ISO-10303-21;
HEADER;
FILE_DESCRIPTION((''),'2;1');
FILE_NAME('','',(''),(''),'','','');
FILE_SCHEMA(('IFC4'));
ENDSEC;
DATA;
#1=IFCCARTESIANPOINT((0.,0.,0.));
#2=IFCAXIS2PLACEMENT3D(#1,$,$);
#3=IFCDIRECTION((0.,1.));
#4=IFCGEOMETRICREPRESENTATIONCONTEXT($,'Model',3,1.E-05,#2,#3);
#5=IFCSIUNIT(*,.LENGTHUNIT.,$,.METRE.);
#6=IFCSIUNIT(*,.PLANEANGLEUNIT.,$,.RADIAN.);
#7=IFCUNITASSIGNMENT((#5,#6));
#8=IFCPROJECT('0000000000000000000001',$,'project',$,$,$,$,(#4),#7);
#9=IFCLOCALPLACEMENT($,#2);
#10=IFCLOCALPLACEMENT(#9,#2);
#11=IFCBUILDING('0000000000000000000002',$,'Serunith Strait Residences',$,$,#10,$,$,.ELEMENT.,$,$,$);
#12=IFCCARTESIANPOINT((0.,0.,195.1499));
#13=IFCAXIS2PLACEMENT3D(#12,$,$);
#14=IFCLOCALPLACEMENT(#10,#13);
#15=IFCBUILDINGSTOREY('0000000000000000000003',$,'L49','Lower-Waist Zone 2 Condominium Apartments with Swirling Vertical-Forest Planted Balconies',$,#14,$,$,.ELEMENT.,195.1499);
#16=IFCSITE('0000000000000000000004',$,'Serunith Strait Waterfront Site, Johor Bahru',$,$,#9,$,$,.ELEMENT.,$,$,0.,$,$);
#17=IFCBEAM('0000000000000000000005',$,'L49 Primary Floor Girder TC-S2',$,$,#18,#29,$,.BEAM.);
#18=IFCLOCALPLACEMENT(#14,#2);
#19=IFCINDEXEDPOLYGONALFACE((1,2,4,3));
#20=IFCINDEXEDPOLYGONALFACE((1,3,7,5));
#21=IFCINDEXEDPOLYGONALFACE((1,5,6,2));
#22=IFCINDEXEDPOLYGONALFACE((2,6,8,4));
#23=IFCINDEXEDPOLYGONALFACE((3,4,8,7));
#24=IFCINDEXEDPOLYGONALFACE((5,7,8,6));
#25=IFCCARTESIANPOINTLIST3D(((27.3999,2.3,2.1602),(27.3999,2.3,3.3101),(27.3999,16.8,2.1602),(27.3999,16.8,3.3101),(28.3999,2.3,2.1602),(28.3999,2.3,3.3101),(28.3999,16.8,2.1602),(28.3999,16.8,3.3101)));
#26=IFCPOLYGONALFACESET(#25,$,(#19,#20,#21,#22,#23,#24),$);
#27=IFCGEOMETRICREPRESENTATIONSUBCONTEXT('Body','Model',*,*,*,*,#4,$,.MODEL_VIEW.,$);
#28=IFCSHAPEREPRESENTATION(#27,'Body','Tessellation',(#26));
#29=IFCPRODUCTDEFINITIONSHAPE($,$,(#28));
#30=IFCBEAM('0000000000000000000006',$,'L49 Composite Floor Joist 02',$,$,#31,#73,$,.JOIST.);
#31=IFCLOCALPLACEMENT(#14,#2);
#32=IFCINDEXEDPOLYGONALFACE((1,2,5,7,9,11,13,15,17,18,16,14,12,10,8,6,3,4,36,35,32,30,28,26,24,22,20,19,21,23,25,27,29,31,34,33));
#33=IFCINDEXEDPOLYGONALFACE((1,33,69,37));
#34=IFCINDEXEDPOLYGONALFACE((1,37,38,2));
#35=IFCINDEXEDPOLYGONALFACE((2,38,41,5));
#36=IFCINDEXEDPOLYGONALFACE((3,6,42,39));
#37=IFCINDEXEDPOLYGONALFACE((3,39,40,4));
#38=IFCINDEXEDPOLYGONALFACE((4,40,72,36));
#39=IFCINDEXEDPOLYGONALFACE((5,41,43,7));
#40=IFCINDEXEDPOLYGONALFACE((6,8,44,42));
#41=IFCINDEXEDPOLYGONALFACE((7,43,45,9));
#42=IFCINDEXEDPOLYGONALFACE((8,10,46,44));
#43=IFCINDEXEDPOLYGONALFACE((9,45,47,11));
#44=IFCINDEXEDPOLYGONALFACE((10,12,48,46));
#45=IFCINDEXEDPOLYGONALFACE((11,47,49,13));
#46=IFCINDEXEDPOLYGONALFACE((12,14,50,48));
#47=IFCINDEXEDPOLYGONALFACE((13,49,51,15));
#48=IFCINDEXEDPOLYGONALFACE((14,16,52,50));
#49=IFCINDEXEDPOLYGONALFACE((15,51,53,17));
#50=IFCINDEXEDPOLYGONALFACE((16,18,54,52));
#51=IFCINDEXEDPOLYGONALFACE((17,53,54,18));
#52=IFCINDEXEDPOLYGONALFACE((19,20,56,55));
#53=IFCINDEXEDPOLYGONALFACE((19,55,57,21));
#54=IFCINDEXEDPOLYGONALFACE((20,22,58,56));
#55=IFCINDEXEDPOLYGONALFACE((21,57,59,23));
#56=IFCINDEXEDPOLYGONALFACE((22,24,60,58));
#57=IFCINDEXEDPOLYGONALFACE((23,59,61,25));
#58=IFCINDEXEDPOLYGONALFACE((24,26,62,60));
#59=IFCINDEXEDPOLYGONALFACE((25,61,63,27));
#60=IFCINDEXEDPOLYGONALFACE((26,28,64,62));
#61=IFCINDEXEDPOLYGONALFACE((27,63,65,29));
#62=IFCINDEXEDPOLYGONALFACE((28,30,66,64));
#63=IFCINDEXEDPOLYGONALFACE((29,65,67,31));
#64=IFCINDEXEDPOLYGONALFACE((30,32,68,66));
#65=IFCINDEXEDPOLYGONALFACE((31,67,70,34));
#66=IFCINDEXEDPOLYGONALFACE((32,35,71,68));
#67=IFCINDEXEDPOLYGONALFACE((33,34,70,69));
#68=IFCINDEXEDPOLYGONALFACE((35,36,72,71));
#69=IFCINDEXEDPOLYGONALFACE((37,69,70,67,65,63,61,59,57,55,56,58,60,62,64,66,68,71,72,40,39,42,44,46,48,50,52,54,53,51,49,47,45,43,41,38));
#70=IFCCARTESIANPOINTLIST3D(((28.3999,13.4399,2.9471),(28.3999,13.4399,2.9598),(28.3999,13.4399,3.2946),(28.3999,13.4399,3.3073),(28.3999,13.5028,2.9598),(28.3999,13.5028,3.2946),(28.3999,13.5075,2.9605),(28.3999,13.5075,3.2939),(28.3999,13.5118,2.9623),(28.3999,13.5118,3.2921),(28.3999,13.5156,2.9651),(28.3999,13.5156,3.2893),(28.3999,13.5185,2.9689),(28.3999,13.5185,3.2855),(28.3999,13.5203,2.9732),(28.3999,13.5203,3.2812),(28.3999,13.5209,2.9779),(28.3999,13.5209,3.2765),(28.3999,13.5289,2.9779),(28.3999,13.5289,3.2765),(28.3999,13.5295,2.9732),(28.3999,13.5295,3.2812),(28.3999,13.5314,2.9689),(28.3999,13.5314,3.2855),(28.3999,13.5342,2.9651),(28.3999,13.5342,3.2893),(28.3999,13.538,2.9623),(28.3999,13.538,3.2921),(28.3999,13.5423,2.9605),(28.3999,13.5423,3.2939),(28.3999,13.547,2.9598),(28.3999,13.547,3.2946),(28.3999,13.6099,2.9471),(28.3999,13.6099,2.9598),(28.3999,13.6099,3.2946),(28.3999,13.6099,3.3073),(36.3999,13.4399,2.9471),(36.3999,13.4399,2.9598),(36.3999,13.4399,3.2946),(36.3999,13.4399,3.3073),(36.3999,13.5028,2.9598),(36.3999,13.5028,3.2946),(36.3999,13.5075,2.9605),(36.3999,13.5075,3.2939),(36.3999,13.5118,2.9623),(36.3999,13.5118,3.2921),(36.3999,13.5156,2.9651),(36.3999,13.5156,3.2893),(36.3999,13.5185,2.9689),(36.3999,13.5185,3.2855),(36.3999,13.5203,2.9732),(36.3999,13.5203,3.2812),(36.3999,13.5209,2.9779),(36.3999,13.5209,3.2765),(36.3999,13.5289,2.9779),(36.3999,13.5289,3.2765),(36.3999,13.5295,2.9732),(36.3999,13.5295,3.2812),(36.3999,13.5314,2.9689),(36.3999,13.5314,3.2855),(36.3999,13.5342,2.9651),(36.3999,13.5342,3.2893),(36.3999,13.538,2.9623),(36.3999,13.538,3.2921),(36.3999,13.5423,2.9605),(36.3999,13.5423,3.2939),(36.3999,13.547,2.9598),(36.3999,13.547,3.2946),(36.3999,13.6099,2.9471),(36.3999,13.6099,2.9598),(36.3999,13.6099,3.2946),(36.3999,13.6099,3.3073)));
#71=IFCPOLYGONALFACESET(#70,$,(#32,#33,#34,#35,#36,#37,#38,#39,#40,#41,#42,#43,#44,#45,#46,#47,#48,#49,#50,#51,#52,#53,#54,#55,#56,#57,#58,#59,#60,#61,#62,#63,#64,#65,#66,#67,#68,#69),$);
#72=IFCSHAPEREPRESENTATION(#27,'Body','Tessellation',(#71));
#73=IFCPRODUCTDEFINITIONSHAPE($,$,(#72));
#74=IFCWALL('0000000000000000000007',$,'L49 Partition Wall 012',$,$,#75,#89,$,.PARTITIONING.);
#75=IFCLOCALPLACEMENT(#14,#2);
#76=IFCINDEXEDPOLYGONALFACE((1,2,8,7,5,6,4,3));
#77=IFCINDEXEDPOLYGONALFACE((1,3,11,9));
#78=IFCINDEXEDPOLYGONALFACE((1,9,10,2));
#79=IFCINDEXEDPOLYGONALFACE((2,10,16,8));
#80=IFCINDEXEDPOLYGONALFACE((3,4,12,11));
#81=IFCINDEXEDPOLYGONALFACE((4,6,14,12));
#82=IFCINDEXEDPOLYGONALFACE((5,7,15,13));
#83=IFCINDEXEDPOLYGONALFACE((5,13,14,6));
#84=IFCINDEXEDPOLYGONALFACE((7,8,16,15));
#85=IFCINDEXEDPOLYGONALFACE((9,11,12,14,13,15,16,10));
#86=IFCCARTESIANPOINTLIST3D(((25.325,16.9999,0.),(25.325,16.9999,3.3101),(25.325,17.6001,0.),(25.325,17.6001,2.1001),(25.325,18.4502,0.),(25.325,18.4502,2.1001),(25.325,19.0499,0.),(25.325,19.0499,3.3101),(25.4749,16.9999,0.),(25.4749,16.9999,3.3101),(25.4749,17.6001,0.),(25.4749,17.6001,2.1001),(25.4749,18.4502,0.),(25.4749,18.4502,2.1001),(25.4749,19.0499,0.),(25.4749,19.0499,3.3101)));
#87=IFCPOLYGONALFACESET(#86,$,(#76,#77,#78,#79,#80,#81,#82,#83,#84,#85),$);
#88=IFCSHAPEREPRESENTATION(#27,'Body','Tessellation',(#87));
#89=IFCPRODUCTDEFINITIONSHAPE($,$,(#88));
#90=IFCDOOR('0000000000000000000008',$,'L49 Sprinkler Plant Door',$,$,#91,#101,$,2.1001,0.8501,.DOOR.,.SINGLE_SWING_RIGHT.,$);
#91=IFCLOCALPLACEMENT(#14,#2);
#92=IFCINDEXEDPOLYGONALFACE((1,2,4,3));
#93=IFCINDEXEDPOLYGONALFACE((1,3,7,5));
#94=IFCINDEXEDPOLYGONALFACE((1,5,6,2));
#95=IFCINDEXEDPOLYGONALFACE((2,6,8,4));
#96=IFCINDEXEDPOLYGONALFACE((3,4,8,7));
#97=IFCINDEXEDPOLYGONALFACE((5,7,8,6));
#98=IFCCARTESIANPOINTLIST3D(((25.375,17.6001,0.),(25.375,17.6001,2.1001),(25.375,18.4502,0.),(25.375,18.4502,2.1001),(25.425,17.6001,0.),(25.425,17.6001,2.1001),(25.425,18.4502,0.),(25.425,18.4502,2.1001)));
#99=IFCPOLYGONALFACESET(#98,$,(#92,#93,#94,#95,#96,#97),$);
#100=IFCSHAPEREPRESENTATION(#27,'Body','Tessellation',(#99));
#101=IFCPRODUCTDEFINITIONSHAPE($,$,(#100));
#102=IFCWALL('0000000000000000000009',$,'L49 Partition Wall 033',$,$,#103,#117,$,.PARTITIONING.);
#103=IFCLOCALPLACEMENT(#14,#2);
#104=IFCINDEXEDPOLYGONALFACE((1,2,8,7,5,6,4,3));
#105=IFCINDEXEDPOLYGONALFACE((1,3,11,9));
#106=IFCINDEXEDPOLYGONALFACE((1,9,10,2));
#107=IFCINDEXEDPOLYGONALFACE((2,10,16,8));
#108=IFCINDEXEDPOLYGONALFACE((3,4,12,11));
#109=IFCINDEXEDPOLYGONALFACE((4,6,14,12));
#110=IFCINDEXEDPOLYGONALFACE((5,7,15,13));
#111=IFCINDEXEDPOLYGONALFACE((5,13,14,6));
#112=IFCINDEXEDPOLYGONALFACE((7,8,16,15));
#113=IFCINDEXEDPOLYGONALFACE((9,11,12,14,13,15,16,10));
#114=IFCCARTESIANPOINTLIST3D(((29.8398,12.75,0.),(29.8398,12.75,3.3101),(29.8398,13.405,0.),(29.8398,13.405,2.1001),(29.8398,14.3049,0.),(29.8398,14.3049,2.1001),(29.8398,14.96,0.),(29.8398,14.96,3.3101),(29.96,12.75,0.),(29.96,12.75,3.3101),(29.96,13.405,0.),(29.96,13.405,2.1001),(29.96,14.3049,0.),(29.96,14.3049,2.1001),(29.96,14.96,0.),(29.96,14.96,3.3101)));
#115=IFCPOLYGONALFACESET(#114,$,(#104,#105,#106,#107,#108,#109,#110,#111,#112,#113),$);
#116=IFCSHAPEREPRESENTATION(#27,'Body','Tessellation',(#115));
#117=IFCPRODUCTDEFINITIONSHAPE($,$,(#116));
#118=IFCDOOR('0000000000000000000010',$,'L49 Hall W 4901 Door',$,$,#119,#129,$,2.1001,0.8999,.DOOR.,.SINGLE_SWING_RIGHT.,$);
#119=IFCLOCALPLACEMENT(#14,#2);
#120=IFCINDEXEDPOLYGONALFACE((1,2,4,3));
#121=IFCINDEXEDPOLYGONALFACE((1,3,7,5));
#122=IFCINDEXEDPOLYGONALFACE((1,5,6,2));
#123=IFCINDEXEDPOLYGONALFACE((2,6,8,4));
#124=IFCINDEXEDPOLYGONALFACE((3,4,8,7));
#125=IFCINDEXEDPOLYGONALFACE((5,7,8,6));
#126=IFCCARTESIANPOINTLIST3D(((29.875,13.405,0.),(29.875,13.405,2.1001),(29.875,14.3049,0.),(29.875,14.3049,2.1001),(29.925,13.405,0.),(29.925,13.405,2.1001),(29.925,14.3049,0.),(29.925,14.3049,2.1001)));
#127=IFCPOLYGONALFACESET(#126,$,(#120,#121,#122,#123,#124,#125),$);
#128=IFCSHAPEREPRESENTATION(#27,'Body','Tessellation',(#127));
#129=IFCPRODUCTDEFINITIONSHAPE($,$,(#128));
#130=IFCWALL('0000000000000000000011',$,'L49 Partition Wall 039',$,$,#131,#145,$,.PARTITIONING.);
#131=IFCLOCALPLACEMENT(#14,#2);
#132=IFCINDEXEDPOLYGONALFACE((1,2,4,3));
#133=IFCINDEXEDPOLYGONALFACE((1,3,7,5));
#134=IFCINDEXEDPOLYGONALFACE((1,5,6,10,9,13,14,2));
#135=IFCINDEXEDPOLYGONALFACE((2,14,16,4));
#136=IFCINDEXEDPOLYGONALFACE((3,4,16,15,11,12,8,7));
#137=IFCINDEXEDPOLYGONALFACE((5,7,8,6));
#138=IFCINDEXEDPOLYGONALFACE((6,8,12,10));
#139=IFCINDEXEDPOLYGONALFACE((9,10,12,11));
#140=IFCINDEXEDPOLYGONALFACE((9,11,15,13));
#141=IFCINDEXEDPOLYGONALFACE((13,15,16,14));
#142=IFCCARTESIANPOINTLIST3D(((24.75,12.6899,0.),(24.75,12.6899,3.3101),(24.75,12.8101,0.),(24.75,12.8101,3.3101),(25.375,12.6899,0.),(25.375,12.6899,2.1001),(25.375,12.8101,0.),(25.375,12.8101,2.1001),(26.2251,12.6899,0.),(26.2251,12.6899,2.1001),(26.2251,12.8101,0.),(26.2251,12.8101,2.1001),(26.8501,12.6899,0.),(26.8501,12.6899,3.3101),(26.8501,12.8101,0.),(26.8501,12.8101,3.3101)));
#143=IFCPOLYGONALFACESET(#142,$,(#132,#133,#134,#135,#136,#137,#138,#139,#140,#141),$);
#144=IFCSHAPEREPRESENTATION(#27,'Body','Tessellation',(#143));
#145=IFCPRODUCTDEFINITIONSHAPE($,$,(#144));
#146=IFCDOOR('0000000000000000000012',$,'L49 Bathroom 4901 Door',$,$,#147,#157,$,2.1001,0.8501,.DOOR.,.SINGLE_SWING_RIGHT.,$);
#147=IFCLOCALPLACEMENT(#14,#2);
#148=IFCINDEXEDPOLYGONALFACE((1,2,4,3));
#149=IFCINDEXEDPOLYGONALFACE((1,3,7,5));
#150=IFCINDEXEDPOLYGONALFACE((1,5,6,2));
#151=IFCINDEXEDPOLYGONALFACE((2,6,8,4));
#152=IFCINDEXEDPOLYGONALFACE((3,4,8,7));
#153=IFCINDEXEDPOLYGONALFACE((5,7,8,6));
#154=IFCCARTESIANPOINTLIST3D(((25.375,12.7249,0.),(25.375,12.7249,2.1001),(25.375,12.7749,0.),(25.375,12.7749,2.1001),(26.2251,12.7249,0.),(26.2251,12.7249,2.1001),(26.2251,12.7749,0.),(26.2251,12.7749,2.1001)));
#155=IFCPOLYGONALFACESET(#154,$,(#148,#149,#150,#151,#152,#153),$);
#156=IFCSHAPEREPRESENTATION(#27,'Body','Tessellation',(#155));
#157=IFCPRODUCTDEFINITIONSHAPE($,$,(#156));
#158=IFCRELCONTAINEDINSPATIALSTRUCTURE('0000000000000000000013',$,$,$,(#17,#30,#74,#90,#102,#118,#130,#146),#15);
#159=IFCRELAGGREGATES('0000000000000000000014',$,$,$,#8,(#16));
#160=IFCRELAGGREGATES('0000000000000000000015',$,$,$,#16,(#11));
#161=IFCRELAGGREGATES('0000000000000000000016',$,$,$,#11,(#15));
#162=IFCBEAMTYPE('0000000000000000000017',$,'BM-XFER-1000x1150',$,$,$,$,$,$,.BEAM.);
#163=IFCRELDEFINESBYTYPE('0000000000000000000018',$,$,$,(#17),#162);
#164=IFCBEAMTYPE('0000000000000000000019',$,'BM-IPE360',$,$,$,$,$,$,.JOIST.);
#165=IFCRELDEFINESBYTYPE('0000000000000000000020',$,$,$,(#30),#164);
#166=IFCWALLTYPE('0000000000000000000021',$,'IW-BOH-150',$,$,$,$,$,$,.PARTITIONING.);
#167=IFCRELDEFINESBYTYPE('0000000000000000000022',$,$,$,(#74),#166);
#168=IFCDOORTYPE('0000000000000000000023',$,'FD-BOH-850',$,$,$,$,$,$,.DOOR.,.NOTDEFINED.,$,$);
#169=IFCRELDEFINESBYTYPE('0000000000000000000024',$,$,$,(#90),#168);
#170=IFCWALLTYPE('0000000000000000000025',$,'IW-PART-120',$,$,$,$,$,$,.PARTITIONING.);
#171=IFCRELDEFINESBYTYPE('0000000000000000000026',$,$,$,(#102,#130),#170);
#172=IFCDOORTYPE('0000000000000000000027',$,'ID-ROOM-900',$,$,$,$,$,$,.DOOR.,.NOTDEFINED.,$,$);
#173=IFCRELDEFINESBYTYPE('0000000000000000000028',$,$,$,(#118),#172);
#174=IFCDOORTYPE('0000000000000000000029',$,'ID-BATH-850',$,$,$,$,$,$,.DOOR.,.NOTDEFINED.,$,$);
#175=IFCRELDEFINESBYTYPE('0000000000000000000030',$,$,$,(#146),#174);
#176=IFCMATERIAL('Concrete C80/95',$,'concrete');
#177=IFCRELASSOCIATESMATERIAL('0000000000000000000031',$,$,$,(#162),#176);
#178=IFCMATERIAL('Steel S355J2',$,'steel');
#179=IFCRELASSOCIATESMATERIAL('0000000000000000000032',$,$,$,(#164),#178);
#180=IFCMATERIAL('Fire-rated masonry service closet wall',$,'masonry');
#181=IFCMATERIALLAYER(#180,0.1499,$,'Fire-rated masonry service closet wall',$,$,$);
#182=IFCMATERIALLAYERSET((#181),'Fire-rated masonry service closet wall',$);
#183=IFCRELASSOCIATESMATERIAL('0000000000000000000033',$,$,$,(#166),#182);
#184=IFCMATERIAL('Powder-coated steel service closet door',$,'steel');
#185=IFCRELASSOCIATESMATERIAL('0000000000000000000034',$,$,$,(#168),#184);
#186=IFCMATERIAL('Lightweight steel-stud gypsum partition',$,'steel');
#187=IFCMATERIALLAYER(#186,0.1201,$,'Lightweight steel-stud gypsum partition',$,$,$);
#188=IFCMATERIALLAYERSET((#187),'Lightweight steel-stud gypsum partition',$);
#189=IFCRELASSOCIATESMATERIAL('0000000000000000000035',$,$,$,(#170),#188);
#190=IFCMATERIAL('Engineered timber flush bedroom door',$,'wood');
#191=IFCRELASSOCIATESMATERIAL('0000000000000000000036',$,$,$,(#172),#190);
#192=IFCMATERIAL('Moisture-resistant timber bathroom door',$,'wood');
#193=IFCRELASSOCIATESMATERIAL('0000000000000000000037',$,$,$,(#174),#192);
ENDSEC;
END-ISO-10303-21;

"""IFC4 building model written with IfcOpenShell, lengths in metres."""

from ifc_helpers import new_model, si_unit, direction, frame, frame_2d, origin, origin_2d, place, context, subcontext, project, spatial, rectangle, i_section, extrude, source, transform, mapped, material, layer, layer_set, material_profile, profile_set, type_object, element, fill, save


model = new_model("IFC4")

# Units and contexts
model_context = context("Model", 3, precision=1e-05, world=origin(), true_north=direction((0.0, 1.0)))
body_context = subcontext(model_context, "Body", "Model", "MODEL_VIEW")
ifc_project = project(units=[si_unit("LENGTHUNIT", "METRE"), si_unit("PLANEANGLEUNIT", "RADIAN")], contexts=[model_context])

# Site, building, storey
site_placement = place(None, origin())
site = spatial("IfcSite", under=ifc_project, at=site_placement, Name="Serunith Strait Waterfront Site, Johor Bahru", CompositionType="ELEMENT", RefElevation=0.0)
building_placement = place(site_placement, origin())
building = spatial("IfcBuilding", under=site, at=building_placement, Name="Serunith Strait Residences", CompositionType="ELEMENT")
storey_placement = place(building_placement, frame((0.0, 0.0, 195.1499)))
storey = spatial("IfcBuildingStorey", under=building, at=storey_placement, Name="L49", Description="Lower-Waist Zone 2 Condominium Apartments with Swirling Vertical-Forest Planted Balconies", CompositionType="ELEMENT", Elevation=195.1499)

# Beams
ifc_material_1 = material(Name="Concrete C80/95", Category="concrete")
ifc_material_profile_1 = material_profile(ifc_material_1, rectangle(XDim=1.0, YDim=1.1499, at=origin_2d()), Name="RC 1000x1150")
ifc_profile_set_1 = profile_set([ifc_material_profile_1], Name="Concrete C80/95")
beam_type_1 = type_object("IfcBeamType", Name="BM-XFER-1000x1150", PredefinedType="BEAM", material=ifc_profile_set_1)
shared_shape_1 = source(origin(), body_context, "Body", "SweptSolid", [
    extrude(rectangle(XDim=1.0, YDim=1.1499, at=origin_2d()), origin(), (0.0, 0.0, 1.0), 14.5),
])
beam_1_placement = place(storey_placement, frame((27.8999, 16.8, 2.7351), z_axis=(0.0, -1.0, 0.0), x_axis=(1.0, 0.0, 0.0)))
element("IfcBeam", 1, at=beam_1_placement, inside=storey, type_object=beam_type_1, Name="L49 Primary Floor Girder TC-S2", PredefinedType="BEAM", context=body_context, shape_type="MappedRepresentation", body=[
    mapped(shared_shape_1, transform((0.0, 0.0, 0.0), scale=1.0)),
])
ifc_material_2 = material(Name="Steel S355J2", Category="steel")
ifc_material_profile_2 = material_profile(ifc_material_2, i_section(OverallWidth=0.1699, OverallDepth=0.3601, WebThickness=0.0081, FlangeThickness=0.0127, FilletRadius=0.0181, at=origin_2d()), Name="IPE 360")
ifc_profile_set_2 = profile_set([ifc_material_profile_2], Name="Steel S355J2")
beam_type_2 = type_object("IfcBeamType", Name="BM-IPE360", PredefinedType="JOIST", material=ifc_profile_set_2)
shared_shape_2 = source(origin(), body_context, "Body", "SweptSolid", [
    extrude(i_section(OverallWidth=0.1699, OverallDepth=0.3601, WebThickness=0.0081, FlangeThickness=0.0127, FilletRadius=0.0181, at=origin_2d()), origin(), (0.0, 0.0, 1.0), 8.0),
])
beam_2_placement = place(storey_placement, frame((28.3999, 13.5249, 3.1272), z_axis=(1.0, 0.0, 0.0), x_axis=(0.0, 1.0, 0.0)))
element("IfcBeam", 2, at=beam_2_placement, inside=storey, type_object=beam_type_2, Name="L49 Composite Floor Joist 02", PredefinedType="JOIST", context=body_context, shape_type="MappedRepresentation", body=[
    mapped(shared_shape_2, transform((0.0, 0.0, 0.0), scale=1.0)),
])

# Walls, openings, doors
ifc_material_3 = material(Name="Fire-rated masonry service closet wall", Category="masonry")
ifc_layer_1 = layer(ifc_material_3, 0.1499, Name="Fire-rated masonry service closet wall")
ifc_layer_set_1 = layer_set([ifc_layer_1], Name="Fire-rated masonry service closet wall")
wall_type_1 = type_object("IfcWallType", Name="IW-BOH-150", PredefinedType="PARTITIONING", material=ifc_layer_set_1)
wall_1_placement = place(storey_placement, frame((25.3999, 17.0, 0.0), z_axis=(0.0, 0.0, 1.0), x_axis=(0.0, 1.0, 0.0)))
wall_1 = element("IfcWall", 3, at=wall_1_placement, inside=storey, type_object=wall_type_1, Name="L49 Partition Wall 012", PredefinedType="PARTITIONING", context=body_context, shape_type="SweptSolid", body=[
    extrude(rectangle(XDim=2.05, YDim=0.1499, at=frame_2d((1.0249, 0.0))), origin(), (0.0, 0.0, 1.0), 3.3101),
])
opening_1_placement = place(wall_1_placement, frame((0.6001, 0.0, 0.0)))
opening_1 = element("IfcOpeningElement", 4, at=opening_1_placement, cuts=wall_1, PredefinedType="OPENING", context=body_context, shape_type="SweptSolid", body=[
    extrude(rectangle(XDim=0.8501, YDim=2.1001, at=frame_2d((0.425, 1.05))), frame((0.0, 0.085, 0.0), z_axis=(0.0, -1.0, 0.0), x_axis=(1.0, 0.0, 0.0)), (0.0, 0.0, 1.0), 0.1699),
])
ifc_material_4 = material(Name="Powder-coated steel service closet door", Category="steel")
door_type_1 = type_object("IfcDoorType", Name="FD-BOH-850", OperationType="NOTDEFINED", PredefinedType="DOOR", material=ifc_material_4)
shared_shape_3 = source(origin(), body_context, "Body", "SweptSolid", [
    extrude(rectangle(XDim=0.8501, YDim=2.1001, at=frame_2d((0.425, 1.05))), frame((0.0, 0.0249, 0.0), z_axis=(0.0, -1.0, 0.0), x_axis=(1.0, 0.0, 0.0)), (0.0, 0.0, 1.0), 0.05),
])
door_1_placement = place(opening_1_placement, origin())
door_1 = element("IfcDoor", 5, at=door_1_placement, inside=storey, type_object=door_type_1, Name="L49 Sprinkler Plant Door", OperationType="SINGLE_SWING_RIGHT", OverallHeight=2.1001, OverallWidth=0.8501, PredefinedType="DOOR", context=body_context, shape_type="MappedRepresentation", body=[
    mapped(shared_shape_3, transform((0.0, 0.0, 0.0), scale=1.0)),
])
fill(opening_1, door_1)
ifc_material_5 = material(Name="Lightweight steel-stud gypsum partition", Category="steel")
ifc_layer_2 = layer(ifc_material_5, 0.1201, Name="Lightweight steel-stud gypsum partition")
ifc_layer_set_2 = layer_set([ifc_layer_2], Name="Lightweight steel-stud gypsum partition")
wall_type_2 = type_object("IfcWallType", Name="IW-PART-120", PredefinedType="PARTITIONING", material=ifc_layer_set_2)
wall_2_placement = place(storey_placement, frame((29.8999, 12.75, 0.0), z_axis=(0.0, 0.0, 1.0), x_axis=(0.0, 1.0, 0.0)))
wall_2 = element("IfcWall", 6, at=wall_2_placement, inside=storey, type_object=wall_type_2, Name="L49 Partition Wall 033", PredefinedType="PARTITIONING", context=body_context, shape_type="SweptSolid", body=[
    extrude(rectangle(XDim=2.21, YDim=0.1201, at=frame_2d((1.105, 0.0))), origin(), (0.0, 0.0, 1.0), 3.3101),
])
opening_2_placement = place(wall_2_placement, frame((0.655, 0.0, 0.0)))
opening_2 = element("IfcOpeningElement", 7, at=opening_2_placement, cuts=wall_2, PredefinedType="OPENING", context=body_context, shape_type="SweptSolid", body=[
    extrude(rectangle(XDim=0.8999, YDim=2.1001, at=frame_2d((0.45, 1.05))), frame((0.0, 0.0701, 0.0), z_axis=(0.0, -1.0, 0.0), x_axis=(1.0, 0.0, 0.0)), (0.0, 0.0, 1.0), 0.1401),
])
ifc_material_6 = material(Name="Engineered timber flush bedroom door", Category="wood")
door_type_2 = type_object("IfcDoorType", Name="ID-ROOM-900", OperationType="NOTDEFINED", PredefinedType="DOOR", material=ifc_material_6)
shared_shape_4 = source(origin(), body_context, "Body", "SweptSolid", [
    extrude(rectangle(XDim=0.8999, YDim=2.1001, at=frame_2d((0.45, 1.05))), frame((0.0, 0.0249, 0.0), z_axis=(0.0, -1.0, 0.0), x_axis=(1.0, 0.0, 0.0)), (0.0, 0.0, 1.0), 0.05),
])
door_2_placement = place(opening_2_placement, origin())
door_2 = element("IfcDoor", 8, at=door_2_placement, inside=storey, type_object=door_type_2, Name="L49 Hall W 4901 Door", OperationType="SINGLE_SWING_RIGHT", OverallHeight=2.1001, OverallWidth=0.8999, PredefinedType="DOOR", context=body_context, shape_type="MappedRepresentation", body=[
    mapped(shared_shape_4, transform((0.0, 0.0, 0.0), scale=1.0)),
])
fill(opening_2, door_2)
wall_3_placement = place(storey_placement, frame((24.75, 12.75, 0.0), z_axis=(0.0, 0.0, 1.0), x_axis=(1.0, 0.0, 0.0)))
wall_3 = element("IfcWall", 9, at=wall_3_placement, inside=storey, type_object=wall_type_2, Name="L49 Partition Wall 039", PredefinedType="PARTITIONING", context=body_context, shape_type="SweptSolid", body=[
    extrude(rectangle(XDim=2.1001, YDim=0.1201, at=frame_2d((1.05, 0.0))), origin(), (0.0, 0.0, 1.0), 3.3101),
])
opening_3_placement = place(wall_3_placement, frame((0.625, 0.0, 0.0)))
opening_3 = element("IfcOpeningElement", 10, at=opening_3_placement, cuts=wall_3, PredefinedType="OPENING", context=body_context, shape_type="SweptSolid", body=[
    extrude(rectangle(XDim=0.8501, YDim=2.1001, at=frame_2d((0.425, 1.05))), frame((0.0, 0.0701, 0.0), z_axis=(0.0, -1.0, 0.0), x_axis=(1.0, 0.0, 0.0)), (0.0, 0.0, 1.0), 0.1401),
])
ifc_material_7 = material(Name="Moisture-resistant timber bathroom door", Category="wood")
door_type_3 = type_object("IfcDoorType", Name="ID-BATH-850", OperationType="NOTDEFINED", PredefinedType="DOOR", material=ifc_material_7)
door_3_placement = place(opening_3_placement, origin())
door_3 = element("IfcDoor", 11, at=door_3_placement, inside=storey, type_object=door_type_3, Name="L49 Bathroom 4901 Door", OperationType="SINGLE_SWING_RIGHT", OverallHeight=2.1001, OverallWidth=0.8501, PredefinedType="DOOR", context=body_context, shape_type="MappedRepresentation", body=[
    mapped(shared_shape_3, transform((0.0, 0.0, 0.0), scale=1.0)),
])
fill(opening_3, door_3)

save(model, "model.ifc")
